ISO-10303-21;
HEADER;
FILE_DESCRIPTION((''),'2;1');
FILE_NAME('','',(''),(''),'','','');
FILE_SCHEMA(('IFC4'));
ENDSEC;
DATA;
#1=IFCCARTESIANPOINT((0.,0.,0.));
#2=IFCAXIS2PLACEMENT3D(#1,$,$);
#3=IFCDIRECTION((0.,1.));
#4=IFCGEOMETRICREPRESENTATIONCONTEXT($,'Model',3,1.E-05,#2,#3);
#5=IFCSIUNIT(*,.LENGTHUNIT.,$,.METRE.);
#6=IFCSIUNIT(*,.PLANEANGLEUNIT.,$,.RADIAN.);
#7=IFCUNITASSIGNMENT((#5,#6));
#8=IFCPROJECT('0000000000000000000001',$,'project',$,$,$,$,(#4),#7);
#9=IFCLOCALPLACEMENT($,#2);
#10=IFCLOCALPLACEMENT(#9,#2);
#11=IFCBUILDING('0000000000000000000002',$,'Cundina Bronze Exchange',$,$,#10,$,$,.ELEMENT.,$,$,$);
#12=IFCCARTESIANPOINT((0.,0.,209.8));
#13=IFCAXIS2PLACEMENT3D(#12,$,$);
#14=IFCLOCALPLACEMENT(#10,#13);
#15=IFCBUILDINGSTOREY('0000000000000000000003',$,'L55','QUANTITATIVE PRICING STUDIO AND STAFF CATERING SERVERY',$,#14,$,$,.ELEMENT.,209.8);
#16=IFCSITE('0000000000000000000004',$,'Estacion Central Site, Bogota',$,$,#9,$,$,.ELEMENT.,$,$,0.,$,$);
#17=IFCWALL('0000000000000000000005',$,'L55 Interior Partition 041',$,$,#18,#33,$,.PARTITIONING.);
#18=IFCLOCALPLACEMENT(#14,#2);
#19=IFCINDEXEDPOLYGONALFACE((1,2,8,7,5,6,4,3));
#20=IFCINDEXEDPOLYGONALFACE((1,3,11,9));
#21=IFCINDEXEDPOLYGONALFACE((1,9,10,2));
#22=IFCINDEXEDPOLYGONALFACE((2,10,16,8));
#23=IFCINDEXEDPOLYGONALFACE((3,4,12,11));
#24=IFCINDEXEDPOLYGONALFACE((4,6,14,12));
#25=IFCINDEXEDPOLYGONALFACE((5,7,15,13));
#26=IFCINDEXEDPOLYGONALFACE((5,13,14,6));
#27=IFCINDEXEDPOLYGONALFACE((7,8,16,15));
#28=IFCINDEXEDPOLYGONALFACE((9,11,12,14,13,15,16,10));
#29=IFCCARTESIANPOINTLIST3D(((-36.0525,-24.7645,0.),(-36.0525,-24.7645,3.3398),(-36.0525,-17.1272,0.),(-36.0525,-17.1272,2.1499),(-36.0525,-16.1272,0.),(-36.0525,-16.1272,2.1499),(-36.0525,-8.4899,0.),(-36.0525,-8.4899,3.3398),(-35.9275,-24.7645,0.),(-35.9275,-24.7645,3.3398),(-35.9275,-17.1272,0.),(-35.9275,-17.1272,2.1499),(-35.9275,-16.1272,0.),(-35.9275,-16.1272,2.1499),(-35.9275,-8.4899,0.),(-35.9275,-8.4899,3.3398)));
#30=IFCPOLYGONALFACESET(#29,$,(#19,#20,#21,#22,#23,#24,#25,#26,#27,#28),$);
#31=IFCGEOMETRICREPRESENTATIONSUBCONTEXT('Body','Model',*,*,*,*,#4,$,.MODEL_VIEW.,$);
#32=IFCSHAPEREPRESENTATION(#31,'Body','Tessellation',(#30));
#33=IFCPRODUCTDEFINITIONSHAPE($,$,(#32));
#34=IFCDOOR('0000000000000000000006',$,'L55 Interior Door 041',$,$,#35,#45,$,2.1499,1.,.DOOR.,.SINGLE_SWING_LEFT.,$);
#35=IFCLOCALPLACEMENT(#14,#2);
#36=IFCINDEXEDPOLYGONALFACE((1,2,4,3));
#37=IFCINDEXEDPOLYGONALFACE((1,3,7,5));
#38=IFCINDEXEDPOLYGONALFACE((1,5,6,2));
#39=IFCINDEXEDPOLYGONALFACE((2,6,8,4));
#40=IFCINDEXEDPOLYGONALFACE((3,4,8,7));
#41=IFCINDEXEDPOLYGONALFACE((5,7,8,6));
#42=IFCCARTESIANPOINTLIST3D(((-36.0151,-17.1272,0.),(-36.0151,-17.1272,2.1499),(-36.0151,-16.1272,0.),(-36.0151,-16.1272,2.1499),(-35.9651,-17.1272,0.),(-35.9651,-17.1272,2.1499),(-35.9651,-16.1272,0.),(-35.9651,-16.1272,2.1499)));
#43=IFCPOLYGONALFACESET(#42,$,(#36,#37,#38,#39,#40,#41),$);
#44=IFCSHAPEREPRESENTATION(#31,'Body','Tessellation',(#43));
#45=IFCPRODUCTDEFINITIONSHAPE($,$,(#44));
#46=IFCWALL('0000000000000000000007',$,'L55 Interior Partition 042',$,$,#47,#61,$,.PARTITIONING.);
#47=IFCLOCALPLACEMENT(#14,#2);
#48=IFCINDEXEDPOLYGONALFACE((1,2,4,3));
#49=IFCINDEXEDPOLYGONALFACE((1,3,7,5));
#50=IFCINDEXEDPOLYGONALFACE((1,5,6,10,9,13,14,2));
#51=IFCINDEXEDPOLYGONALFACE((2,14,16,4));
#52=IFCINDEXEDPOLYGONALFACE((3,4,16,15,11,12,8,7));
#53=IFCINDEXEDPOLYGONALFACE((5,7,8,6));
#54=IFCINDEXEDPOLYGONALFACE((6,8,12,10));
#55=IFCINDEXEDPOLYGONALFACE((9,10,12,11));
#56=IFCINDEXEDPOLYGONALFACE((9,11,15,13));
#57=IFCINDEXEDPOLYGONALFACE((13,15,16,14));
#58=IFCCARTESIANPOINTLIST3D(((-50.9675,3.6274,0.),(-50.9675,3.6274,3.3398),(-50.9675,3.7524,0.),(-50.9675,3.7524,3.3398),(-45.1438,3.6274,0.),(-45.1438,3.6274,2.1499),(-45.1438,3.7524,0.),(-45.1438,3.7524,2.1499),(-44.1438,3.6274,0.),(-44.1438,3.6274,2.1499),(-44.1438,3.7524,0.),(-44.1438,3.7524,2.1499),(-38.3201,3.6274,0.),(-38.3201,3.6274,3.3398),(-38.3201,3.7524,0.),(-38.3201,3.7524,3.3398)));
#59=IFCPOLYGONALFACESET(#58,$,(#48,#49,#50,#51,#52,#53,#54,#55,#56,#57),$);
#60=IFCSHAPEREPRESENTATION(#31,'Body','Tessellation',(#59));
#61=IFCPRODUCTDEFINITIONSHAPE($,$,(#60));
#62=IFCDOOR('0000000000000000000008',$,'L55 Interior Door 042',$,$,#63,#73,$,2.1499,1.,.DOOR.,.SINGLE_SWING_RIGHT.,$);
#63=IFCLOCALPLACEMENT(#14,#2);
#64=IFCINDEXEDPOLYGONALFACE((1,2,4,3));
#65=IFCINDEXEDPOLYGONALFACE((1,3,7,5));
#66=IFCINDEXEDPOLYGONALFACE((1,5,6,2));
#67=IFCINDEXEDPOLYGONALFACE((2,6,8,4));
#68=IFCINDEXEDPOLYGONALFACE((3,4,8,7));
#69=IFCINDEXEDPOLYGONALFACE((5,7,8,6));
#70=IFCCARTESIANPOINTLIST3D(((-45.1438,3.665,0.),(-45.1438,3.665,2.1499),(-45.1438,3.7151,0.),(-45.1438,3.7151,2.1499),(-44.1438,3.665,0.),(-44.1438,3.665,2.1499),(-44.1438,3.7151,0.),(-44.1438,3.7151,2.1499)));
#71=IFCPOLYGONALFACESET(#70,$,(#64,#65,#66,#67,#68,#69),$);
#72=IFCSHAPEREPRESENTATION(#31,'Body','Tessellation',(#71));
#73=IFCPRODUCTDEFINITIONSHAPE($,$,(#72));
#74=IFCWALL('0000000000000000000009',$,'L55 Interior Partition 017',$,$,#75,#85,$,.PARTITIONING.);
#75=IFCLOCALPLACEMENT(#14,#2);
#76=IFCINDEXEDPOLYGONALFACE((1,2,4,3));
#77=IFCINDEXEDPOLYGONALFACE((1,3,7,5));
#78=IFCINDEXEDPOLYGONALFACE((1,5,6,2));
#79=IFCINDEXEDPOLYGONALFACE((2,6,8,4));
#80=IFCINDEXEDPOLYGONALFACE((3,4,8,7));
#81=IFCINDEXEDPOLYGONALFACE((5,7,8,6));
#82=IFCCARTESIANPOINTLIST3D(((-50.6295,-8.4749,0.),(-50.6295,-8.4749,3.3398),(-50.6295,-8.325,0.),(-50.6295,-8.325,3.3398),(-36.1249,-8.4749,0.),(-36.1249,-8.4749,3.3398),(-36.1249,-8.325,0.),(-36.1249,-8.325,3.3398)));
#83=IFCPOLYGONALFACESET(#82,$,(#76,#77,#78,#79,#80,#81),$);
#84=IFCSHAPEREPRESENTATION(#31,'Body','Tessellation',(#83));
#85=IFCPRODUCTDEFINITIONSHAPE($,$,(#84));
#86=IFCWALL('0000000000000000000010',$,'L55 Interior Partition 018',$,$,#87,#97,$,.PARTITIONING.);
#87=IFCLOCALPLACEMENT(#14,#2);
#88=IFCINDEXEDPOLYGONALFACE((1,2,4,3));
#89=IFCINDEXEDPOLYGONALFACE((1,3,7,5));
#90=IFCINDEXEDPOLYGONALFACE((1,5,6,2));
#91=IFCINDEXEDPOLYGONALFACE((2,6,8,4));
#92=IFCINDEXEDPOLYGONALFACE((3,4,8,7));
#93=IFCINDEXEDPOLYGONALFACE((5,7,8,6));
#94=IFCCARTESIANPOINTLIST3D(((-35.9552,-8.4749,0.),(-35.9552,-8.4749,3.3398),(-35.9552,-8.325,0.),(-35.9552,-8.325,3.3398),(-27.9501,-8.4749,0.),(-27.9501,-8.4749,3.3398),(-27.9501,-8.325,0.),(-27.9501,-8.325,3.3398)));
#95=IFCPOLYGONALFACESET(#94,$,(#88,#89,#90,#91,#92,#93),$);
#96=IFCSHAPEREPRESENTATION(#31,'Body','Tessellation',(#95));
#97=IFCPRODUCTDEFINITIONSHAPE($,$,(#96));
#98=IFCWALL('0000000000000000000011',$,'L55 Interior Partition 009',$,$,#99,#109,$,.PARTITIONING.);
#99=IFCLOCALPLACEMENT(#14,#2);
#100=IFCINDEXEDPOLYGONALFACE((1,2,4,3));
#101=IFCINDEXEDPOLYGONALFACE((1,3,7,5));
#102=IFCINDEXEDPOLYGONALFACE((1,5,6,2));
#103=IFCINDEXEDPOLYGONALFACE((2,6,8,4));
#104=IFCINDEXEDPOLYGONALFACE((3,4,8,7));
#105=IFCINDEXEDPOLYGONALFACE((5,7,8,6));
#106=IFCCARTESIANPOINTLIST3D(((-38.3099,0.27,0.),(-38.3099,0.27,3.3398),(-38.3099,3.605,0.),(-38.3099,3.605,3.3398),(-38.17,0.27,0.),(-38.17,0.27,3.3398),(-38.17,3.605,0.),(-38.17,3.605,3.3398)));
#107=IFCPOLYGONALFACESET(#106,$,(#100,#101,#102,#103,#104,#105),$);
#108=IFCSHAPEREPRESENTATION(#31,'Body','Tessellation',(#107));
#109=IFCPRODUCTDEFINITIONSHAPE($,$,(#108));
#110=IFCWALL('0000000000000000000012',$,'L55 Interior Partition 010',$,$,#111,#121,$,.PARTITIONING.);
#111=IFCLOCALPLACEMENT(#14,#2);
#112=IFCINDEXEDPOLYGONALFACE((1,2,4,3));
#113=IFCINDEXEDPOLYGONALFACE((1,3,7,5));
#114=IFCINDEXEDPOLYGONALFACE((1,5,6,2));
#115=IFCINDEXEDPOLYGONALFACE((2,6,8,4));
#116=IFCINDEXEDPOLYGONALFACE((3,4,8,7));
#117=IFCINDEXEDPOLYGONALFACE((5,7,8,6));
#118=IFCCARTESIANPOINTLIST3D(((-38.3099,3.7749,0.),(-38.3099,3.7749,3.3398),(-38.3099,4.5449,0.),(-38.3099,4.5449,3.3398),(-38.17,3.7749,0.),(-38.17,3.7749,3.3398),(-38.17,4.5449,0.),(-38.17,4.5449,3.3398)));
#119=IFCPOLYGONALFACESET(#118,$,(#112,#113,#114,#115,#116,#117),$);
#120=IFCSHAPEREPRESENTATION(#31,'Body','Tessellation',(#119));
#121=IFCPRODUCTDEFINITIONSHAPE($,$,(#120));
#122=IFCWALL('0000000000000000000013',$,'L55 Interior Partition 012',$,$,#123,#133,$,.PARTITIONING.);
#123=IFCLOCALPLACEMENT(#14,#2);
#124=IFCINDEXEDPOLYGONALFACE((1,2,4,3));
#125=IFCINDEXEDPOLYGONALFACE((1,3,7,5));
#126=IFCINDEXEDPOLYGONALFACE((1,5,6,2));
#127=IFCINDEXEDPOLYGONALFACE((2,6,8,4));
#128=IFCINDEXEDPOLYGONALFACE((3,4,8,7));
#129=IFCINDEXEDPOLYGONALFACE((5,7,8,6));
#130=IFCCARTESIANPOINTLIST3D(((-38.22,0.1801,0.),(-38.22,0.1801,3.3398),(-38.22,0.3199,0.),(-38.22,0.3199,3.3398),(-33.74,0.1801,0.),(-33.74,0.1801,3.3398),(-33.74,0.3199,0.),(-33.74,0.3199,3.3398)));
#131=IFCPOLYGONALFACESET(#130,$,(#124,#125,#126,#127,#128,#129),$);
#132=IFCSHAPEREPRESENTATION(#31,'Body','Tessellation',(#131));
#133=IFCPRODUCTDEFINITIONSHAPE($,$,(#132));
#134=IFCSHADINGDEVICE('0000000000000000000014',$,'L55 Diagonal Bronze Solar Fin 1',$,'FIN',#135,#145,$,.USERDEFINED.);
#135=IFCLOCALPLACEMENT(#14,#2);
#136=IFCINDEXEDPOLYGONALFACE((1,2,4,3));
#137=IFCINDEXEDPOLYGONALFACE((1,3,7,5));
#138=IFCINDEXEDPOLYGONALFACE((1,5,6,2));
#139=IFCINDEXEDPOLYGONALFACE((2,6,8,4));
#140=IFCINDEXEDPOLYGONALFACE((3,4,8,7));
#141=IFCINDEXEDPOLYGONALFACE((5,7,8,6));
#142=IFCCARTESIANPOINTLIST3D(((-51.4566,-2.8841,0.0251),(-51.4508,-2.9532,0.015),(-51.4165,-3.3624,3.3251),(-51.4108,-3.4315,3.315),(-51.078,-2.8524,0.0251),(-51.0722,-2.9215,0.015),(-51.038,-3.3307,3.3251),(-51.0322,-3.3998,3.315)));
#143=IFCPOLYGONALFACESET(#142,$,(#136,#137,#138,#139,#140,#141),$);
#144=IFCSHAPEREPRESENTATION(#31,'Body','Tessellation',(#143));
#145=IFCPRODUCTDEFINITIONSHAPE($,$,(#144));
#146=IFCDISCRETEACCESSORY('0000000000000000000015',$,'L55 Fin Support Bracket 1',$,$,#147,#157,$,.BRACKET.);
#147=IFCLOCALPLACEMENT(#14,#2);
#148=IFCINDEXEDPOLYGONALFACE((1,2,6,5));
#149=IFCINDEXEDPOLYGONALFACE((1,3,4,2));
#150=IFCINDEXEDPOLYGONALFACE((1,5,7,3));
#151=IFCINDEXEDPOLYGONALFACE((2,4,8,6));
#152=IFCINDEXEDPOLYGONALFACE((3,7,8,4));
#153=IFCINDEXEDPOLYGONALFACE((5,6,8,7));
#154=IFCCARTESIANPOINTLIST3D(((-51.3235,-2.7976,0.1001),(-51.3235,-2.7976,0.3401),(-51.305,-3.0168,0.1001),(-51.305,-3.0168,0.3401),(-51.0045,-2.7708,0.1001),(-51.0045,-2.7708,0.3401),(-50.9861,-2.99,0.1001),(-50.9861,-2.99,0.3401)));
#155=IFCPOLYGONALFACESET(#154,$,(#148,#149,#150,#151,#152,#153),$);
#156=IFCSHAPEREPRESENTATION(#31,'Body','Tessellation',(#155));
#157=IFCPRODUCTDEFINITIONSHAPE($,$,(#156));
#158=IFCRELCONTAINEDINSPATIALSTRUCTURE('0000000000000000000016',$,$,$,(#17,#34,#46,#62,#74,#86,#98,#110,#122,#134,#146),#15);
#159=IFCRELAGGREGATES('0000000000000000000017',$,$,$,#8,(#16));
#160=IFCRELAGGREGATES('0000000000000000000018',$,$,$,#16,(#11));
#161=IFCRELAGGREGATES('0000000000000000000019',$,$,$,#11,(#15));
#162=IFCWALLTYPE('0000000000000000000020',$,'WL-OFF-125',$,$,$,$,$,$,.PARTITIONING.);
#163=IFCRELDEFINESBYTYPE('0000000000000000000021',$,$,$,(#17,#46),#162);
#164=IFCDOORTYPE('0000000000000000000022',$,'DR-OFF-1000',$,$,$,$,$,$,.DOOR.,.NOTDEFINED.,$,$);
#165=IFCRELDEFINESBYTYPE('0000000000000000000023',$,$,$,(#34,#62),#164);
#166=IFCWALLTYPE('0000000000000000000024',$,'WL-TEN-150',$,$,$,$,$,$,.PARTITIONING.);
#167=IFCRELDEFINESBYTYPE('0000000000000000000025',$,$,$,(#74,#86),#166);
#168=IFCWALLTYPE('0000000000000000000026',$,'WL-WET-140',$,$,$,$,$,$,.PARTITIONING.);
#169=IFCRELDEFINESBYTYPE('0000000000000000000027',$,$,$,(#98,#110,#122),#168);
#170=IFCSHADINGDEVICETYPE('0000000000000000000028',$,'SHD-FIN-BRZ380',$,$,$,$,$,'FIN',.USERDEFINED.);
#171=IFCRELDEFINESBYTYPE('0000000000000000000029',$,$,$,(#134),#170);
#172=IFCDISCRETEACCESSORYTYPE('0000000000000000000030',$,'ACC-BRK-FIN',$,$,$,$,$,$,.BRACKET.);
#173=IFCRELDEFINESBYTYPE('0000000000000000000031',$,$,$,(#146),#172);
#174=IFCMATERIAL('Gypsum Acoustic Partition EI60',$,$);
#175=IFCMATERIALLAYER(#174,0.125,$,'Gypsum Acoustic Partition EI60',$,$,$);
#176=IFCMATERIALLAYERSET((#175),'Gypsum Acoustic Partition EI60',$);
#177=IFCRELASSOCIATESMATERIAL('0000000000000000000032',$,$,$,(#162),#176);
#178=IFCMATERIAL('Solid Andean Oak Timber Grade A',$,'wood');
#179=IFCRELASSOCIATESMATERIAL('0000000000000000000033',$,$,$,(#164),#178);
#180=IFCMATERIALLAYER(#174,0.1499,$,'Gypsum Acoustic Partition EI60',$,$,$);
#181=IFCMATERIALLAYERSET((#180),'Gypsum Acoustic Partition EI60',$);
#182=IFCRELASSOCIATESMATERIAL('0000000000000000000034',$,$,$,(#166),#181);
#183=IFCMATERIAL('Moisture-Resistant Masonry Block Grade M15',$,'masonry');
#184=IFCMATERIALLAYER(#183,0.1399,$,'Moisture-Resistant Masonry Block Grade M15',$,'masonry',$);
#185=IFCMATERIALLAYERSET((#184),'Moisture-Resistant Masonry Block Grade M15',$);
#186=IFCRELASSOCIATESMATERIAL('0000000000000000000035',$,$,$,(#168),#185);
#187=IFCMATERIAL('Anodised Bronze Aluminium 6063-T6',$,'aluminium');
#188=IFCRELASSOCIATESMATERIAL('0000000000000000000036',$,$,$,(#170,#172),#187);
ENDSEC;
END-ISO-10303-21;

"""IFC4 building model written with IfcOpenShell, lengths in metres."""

from ifc_helpers import new_model, si_unit, direction, frame, frame_2d, origin, origin_2d, place, context, subcontext, project, spatial, rectangle, extrude, material, layer, layer_set, material_profile, profile_set, type_object, element, fill, save


model = new_model("IFC4")

# Units and contexts
model_context = context("Model", 3, precision=1e-05, world=origin(), true_north=direction((0.0, 1.0)))
body_context = subcontext(model_context, "Body", "Model", "MODEL_VIEW")
ifc_project = project(units=[si_unit("LENGTHUNIT", "METRE"), si_unit("PLANEANGLEUNIT", "RADIAN")], contexts=[model_context])

# Site, building, storey
site_placement = place(None, origin())
site = spatial("IfcSite", under=ifc_project, at=site_placement, Name="Estacion Central Site, Bogota", CompositionType="ELEMENT", RefElevation=0.0)
building_placement = place(site_placement, origin())
building = spatial("IfcBuilding", under=site, at=building_placement, Name="Cundina Bronze Exchange", CompositionType="ELEMENT")
storey_placement = place(building_placement, frame((0.0, 0.0, 209.8)))
storey = spatial("IfcBuildingStorey", under=building, at=storey_placement, Name="L55", Description="QUANTITATIVE PRICING STUDIO AND STAFF CATERING SERVERY", CompositionType="ELEMENT", Elevation=209.8)

# Shared definitions
ifc_material_1 = material(Name="Anodised Bronze Aluminium 6063-T6", Category="aluminium")

# Shared definitions
ifc_material_2 = material(Name="Solid Andean Oak Timber Grade A", Category="wood")

# Walls, openings, doors
ifc_material_3 = material(Name="Gypsum Acoustic Partition EI60")
ifc_layer_1 = layer(ifc_material_3, 0.125, Name="Gypsum Acoustic Partition EI60")
ifc_layer_set_1 = layer_set([ifc_layer_1], Name="Gypsum Acoustic Partition EI60")
wall_type_1 = type_object("IfcWallType", Name="WL-OFF-125", PredefinedType="PARTITIONING", material=ifc_layer_set_1)
wall_1_placement = place(storey_placement, frame((-35.99, -8.49, 0.0), z_axis=(0.0, 0.0, 1.0), x_axis=(0.0, -1.0, 0.0)))
wall_1 = element("IfcWall", 1, at=wall_1_placement, inside=storey, type_object=wall_type_1, Name="L55 Interior Partition 041", PredefinedType="PARTITIONING", context=body_context, shape_type="SweptSolid", body=[
    extrude(rectangle(XDim=16.2747, YDim=0.125, at=frame_2d((8.1372, 0.0))), origin(), (0.0, 0.0, 1.0), 3.3398),
])
opening_1_placement = place(wall_1_placement, frame((7.6372, 0.0, 0.0)))
opening_1 = element("IfcOpeningElement", 2, at=opening_1_placement, cuts=wall_1, PredefinedType="OPENING", context=body_context, shape_type="SweptSolid", body=[
    extrude(rectangle(XDim=1.0, YDim=2.1499, at=frame_2d((0.5, 1.075))), frame((0.0, 0.0725, 0.0), z_axis=(0.0, -1.0, 0.0), x_axis=(1.0, 0.0, 0.0)), (0.0, 0.0, 1.0), 0.145),
])
door_type_1 = type_object("IfcDoorType", Name="DR-OFF-1000", OperationType="NOTDEFINED", PredefinedType="DOOR", material=ifc_material_2)
door_1_placement = place(opening_1_placement, origin())
door_1 = element("IfcDoor", 3, at=door_1_placement, inside=storey, type_object=door_type_1, Name="L55 Interior Door 041", OperationType="SINGLE_SWING_LEFT", OverallHeight=2.1499, OverallWidth=1.0, PredefinedType="DOOR", context=body_context, shape_type="SweptSolid", body=[
    extrude(rectangle(XDim=1.0, YDim=2.1499, at=frame_2d((0.5, 1.075))), frame((0.0, 0.0249, 0.0), z_axis=(0.0, -1.0, 0.0), x_axis=(1.0, 0.0, 0.0)), (0.0, 0.0, 1.0), 0.05),
])
fill(opening_1, door_1)
wall_2_placement = place(storey_placement, frame((-38.3201, 3.6899, 0.0), z_axis=(0.0, 0.0, 1.0), x_axis=(-1.0, 0.0, 0.0)))
wall_2 = element("IfcWall", 4, at=wall_2_placement, inside=storey, type_object=wall_type_1, Name="L55 Interior Partition 042", PredefinedType="PARTITIONING", context=body_context, shape_type="SweptSolid", body=[
    extrude(rectangle(XDim=12.6475, YDim=0.125, at=frame_2d((6.3237, 0.0))), origin(), (0.0, 0.0, 1.0), 3.3398),
])
opening_2_placement = place(wall_2_placement, frame((5.8237, 0.0, 0.0)))
opening_2 = element("IfcOpeningElement", 5, at=opening_2_placement, cuts=wall_2, PredefinedType="OPENING", context=body_context, shape_type="SweptSolid", body=[
    extrude(rectangle(XDim=1.0, YDim=2.1499, at=frame_2d((0.5, 1.075))), frame((0.0, 0.0725, 0.0), z_axis=(0.0, -1.0, 0.0), x_axis=(1.0, 0.0, 0.0)), (0.0, 0.0, 1.0), 0.145),
])
door_2_placement = place(opening_2_placement, origin())
door_2 = element("IfcDoor", 6, at=door_2_placement, inside=storey, type_object=door_type_1, Name="L55 Interior Door 042", OperationType="SINGLE_SWING_RIGHT", OverallHeight=2.1499, OverallWidth=1.0, PredefinedType="DOOR", context=body_context, shape_type="SweptSolid", body=[
    extrude(rectangle(XDim=1.0, YDim=2.1499, at=frame_2d((0.5, 1.075))), frame((0.0, 0.0249, 0.0), z_axis=(0.0, -1.0, 0.0), x_axis=(1.0, 0.0, 0.0)), (0.0, 0.0, 1.0), 0.05),
])
fill(opening_2, door_2)

# Walls
ifc_layer_2 = layer(ifc_material_3, 0.1499, Name="Gypsum Acoustic Partition EI60")
ifc_layer_set_2 = layer_set([ifc_layer_2], Name="Gypsum Acoustic Partition EI60")
wall_type_2 = type_object("IfcWallType", Name="WL-TEN-150", PredefinedType="PARTITIONING", material=ifc_layer_set_2)
wall_3_placement = place(storey_placement, frame((-50.6296, -8.3999, 0.0), z_axis=(0.0, 0.0, 1.0), x_axis=(1.0, 0.0, 0.0)))
element("IfcWall", 7, at=wall_3_placement, inside=storey, type_object=wall_type_2, Name="L55 Interior Partition 017", PredefinedType="PARTITIONING", context=body_context, shape_type="SweptSolid", body=[
    extrude(rectangle(XDim=14.5046, YDim=0.1499, at=frame_2d((7.2524, 0.0))), origin(), (0.0, 0.0, 1.0), 3.3398),
])
wall_4_placement = place(storey_placement, frame((-35.9551, -8.3999, 0.0), z_axis=(0.0, 0.0, 1.0), x_axis=(1.0, 0.0, 0.0)))
element("IfcWall", 8, at=wall_4_placement, inside=storey, type_object=wall_type_2, Name="L55 Interior Partition 018", PredefinedType="PARTITIONING", context=body_context, shape_type="SweptSolid", body=[
    extrude(rectangle(XDim=8.0051, YDim=0.1499, at=frame_2d((4.0024, 0.0))), origin(), (0.0, 0.0, 1.0), 3.3398),
])
ifc_material_4 = material(Name="Moisture-Resistant Masonry Block Grade M15", Category="masonry")
ifc_layer_3 = layer(ifc_material_4, 0.1399, Name="Moisture-Resistant Masonry Block Grade M15", Category="masonry")
ifc_layer_set_3 = layer_set([ifc_layer_3], Name="Moisture-Resistant Masonry Block Grade M15")
wall_type_3 = type_object("IfcWallType", Name="WL-WET-140", PredefinedType="PARTITIONING", material=ifc_layer_set_3)
wall_5_placement = place(storey_placement, frame((-38.24, 0.27, 0.0), z_axis=(0.0, 0.0, 1.0), x_axis=(0.0, 1.0, 0.0)))
element("IfcWall", 9, at=wall_5_placement, inside=storey, type_object=wall_type_3, Name="L55 Interior Partition 009", PredefinedType="PARTITIONING", context=body_context, shape_type="SweptSolid", body=[
    extrude(rectangle(XDim=3.335, YDim=0.1399, at=frame_2d((1.6675, 0.0))), origin(), (0.0, 0.0, 1.0), 3.3398),
])
wall_6_placement = place(storey_placement, frame((-38.24, 3.7749, 0.0), z_axis=(0.0, 0.0, 1.0), x_axis=(0.0, 1.0, 0.0)))
element("IfcWall", 10, at=wall_6_placement, inside=storey, type_object=wall_type_3, Name="L55 Interior Partition 010", PredefinedType="PARTITIONING", context=body_context, shape_type="SweptSolid", body=[
    extrude(rectangle(XDim=0.77, YDim=0.1399, at=frame_2d((0.385, 0.0))), origin(), (0.0, 0.0, 1.0), 3.3398),
])
wall_7_placement = place(storey_placement, frame((-38.22, 0.25, 0.0), z_axis=(0.0, 0.0, 1.0), x_axis=(1.0, 0.0, 0.0)))
element("IfcWall", 11, at=wall_7_placement, inside=storey, type_object=wall_type_3, Name="L55 Interior Partition 012", PredefinedType="PARTITIONING", context=body_context, shape_type="SweptSolid", body=[
    extrude(rectangle(XDim=4.48, YDim=0.1399, at=frame_2d((2.24, 0.0))), origin(), (0.0, 0.0, 1.0), 3.3398),
])

# Shading device
ifc_material_profile_1 = material_profile(ifc_material_1, rectangle(XDim=0.0701, YDim=0.3799, at=origin_2d()), Name="FIN70X380", Category="aluminium")
ifc_profile_set_1 = profile_set([ifc_material_profile_1], Name="Anodised Bronze Aluminium 6063-T6")
shading_device_type = type_object("IfcShadingDeviceType", Name="SHD-FIN-BRZ380", ElementType="FIN", PredefinedType="USERDEFINED", material=ifc_profile_set_1)
shading_device_placement = place(storey_placement, frame((-51.2644, -2.9028, 0.02), z_axis=(0.012007, -0.14342, 0.989589), x_axis=(-0.082556, 0.98614, 0.143921)))
element("IfcShadingDevice", 12, at=shading_device_placement, inside=storey, type_object=shading_device_type, Name="L55 Diagonal Bronze Solar Fin 1", ObjectType="FIN", PredefinedType="USERDEFINED", context=body_context, shape_type="SweptSolid", body=[
    extrude(rectangle(XDim=0.0701, YDim=0.3799, at=origin_2d()), origin(), (0.0, 0.0, 1.0), 3.3347),
])

# Discrete accessory
discrete_accessory_type = type_object("IfcDiscreteAccessoryType", Name="ACC-BRK-FIN", PredefinedType="BRACKET", material=ifc_material_1)
discrete_accessory_placement = place(storey_placement, frame((-51.1548, -2.8938, 0.1001), z_axis=(0.0, 0.0, 1.0), x_axis=(0.083747, -0.996487, 0.0)))
element("IfcDiscreteAccessory", 13, at=discrete_accessory_placement, inside=storey, type_object=discrete_accessory_type, Name="L55 Fin Support Bracket 1", PredefinedType="BRACKET", context=body_context, shape_type="SweptSolid", body=[
    extrude(rectangle(XDim=0.22, YDim=0.3201, at=origin_2d()), origin(), (0.0, 0.0, 1.0), 0.24),
])

save(model, "model.ifc")
